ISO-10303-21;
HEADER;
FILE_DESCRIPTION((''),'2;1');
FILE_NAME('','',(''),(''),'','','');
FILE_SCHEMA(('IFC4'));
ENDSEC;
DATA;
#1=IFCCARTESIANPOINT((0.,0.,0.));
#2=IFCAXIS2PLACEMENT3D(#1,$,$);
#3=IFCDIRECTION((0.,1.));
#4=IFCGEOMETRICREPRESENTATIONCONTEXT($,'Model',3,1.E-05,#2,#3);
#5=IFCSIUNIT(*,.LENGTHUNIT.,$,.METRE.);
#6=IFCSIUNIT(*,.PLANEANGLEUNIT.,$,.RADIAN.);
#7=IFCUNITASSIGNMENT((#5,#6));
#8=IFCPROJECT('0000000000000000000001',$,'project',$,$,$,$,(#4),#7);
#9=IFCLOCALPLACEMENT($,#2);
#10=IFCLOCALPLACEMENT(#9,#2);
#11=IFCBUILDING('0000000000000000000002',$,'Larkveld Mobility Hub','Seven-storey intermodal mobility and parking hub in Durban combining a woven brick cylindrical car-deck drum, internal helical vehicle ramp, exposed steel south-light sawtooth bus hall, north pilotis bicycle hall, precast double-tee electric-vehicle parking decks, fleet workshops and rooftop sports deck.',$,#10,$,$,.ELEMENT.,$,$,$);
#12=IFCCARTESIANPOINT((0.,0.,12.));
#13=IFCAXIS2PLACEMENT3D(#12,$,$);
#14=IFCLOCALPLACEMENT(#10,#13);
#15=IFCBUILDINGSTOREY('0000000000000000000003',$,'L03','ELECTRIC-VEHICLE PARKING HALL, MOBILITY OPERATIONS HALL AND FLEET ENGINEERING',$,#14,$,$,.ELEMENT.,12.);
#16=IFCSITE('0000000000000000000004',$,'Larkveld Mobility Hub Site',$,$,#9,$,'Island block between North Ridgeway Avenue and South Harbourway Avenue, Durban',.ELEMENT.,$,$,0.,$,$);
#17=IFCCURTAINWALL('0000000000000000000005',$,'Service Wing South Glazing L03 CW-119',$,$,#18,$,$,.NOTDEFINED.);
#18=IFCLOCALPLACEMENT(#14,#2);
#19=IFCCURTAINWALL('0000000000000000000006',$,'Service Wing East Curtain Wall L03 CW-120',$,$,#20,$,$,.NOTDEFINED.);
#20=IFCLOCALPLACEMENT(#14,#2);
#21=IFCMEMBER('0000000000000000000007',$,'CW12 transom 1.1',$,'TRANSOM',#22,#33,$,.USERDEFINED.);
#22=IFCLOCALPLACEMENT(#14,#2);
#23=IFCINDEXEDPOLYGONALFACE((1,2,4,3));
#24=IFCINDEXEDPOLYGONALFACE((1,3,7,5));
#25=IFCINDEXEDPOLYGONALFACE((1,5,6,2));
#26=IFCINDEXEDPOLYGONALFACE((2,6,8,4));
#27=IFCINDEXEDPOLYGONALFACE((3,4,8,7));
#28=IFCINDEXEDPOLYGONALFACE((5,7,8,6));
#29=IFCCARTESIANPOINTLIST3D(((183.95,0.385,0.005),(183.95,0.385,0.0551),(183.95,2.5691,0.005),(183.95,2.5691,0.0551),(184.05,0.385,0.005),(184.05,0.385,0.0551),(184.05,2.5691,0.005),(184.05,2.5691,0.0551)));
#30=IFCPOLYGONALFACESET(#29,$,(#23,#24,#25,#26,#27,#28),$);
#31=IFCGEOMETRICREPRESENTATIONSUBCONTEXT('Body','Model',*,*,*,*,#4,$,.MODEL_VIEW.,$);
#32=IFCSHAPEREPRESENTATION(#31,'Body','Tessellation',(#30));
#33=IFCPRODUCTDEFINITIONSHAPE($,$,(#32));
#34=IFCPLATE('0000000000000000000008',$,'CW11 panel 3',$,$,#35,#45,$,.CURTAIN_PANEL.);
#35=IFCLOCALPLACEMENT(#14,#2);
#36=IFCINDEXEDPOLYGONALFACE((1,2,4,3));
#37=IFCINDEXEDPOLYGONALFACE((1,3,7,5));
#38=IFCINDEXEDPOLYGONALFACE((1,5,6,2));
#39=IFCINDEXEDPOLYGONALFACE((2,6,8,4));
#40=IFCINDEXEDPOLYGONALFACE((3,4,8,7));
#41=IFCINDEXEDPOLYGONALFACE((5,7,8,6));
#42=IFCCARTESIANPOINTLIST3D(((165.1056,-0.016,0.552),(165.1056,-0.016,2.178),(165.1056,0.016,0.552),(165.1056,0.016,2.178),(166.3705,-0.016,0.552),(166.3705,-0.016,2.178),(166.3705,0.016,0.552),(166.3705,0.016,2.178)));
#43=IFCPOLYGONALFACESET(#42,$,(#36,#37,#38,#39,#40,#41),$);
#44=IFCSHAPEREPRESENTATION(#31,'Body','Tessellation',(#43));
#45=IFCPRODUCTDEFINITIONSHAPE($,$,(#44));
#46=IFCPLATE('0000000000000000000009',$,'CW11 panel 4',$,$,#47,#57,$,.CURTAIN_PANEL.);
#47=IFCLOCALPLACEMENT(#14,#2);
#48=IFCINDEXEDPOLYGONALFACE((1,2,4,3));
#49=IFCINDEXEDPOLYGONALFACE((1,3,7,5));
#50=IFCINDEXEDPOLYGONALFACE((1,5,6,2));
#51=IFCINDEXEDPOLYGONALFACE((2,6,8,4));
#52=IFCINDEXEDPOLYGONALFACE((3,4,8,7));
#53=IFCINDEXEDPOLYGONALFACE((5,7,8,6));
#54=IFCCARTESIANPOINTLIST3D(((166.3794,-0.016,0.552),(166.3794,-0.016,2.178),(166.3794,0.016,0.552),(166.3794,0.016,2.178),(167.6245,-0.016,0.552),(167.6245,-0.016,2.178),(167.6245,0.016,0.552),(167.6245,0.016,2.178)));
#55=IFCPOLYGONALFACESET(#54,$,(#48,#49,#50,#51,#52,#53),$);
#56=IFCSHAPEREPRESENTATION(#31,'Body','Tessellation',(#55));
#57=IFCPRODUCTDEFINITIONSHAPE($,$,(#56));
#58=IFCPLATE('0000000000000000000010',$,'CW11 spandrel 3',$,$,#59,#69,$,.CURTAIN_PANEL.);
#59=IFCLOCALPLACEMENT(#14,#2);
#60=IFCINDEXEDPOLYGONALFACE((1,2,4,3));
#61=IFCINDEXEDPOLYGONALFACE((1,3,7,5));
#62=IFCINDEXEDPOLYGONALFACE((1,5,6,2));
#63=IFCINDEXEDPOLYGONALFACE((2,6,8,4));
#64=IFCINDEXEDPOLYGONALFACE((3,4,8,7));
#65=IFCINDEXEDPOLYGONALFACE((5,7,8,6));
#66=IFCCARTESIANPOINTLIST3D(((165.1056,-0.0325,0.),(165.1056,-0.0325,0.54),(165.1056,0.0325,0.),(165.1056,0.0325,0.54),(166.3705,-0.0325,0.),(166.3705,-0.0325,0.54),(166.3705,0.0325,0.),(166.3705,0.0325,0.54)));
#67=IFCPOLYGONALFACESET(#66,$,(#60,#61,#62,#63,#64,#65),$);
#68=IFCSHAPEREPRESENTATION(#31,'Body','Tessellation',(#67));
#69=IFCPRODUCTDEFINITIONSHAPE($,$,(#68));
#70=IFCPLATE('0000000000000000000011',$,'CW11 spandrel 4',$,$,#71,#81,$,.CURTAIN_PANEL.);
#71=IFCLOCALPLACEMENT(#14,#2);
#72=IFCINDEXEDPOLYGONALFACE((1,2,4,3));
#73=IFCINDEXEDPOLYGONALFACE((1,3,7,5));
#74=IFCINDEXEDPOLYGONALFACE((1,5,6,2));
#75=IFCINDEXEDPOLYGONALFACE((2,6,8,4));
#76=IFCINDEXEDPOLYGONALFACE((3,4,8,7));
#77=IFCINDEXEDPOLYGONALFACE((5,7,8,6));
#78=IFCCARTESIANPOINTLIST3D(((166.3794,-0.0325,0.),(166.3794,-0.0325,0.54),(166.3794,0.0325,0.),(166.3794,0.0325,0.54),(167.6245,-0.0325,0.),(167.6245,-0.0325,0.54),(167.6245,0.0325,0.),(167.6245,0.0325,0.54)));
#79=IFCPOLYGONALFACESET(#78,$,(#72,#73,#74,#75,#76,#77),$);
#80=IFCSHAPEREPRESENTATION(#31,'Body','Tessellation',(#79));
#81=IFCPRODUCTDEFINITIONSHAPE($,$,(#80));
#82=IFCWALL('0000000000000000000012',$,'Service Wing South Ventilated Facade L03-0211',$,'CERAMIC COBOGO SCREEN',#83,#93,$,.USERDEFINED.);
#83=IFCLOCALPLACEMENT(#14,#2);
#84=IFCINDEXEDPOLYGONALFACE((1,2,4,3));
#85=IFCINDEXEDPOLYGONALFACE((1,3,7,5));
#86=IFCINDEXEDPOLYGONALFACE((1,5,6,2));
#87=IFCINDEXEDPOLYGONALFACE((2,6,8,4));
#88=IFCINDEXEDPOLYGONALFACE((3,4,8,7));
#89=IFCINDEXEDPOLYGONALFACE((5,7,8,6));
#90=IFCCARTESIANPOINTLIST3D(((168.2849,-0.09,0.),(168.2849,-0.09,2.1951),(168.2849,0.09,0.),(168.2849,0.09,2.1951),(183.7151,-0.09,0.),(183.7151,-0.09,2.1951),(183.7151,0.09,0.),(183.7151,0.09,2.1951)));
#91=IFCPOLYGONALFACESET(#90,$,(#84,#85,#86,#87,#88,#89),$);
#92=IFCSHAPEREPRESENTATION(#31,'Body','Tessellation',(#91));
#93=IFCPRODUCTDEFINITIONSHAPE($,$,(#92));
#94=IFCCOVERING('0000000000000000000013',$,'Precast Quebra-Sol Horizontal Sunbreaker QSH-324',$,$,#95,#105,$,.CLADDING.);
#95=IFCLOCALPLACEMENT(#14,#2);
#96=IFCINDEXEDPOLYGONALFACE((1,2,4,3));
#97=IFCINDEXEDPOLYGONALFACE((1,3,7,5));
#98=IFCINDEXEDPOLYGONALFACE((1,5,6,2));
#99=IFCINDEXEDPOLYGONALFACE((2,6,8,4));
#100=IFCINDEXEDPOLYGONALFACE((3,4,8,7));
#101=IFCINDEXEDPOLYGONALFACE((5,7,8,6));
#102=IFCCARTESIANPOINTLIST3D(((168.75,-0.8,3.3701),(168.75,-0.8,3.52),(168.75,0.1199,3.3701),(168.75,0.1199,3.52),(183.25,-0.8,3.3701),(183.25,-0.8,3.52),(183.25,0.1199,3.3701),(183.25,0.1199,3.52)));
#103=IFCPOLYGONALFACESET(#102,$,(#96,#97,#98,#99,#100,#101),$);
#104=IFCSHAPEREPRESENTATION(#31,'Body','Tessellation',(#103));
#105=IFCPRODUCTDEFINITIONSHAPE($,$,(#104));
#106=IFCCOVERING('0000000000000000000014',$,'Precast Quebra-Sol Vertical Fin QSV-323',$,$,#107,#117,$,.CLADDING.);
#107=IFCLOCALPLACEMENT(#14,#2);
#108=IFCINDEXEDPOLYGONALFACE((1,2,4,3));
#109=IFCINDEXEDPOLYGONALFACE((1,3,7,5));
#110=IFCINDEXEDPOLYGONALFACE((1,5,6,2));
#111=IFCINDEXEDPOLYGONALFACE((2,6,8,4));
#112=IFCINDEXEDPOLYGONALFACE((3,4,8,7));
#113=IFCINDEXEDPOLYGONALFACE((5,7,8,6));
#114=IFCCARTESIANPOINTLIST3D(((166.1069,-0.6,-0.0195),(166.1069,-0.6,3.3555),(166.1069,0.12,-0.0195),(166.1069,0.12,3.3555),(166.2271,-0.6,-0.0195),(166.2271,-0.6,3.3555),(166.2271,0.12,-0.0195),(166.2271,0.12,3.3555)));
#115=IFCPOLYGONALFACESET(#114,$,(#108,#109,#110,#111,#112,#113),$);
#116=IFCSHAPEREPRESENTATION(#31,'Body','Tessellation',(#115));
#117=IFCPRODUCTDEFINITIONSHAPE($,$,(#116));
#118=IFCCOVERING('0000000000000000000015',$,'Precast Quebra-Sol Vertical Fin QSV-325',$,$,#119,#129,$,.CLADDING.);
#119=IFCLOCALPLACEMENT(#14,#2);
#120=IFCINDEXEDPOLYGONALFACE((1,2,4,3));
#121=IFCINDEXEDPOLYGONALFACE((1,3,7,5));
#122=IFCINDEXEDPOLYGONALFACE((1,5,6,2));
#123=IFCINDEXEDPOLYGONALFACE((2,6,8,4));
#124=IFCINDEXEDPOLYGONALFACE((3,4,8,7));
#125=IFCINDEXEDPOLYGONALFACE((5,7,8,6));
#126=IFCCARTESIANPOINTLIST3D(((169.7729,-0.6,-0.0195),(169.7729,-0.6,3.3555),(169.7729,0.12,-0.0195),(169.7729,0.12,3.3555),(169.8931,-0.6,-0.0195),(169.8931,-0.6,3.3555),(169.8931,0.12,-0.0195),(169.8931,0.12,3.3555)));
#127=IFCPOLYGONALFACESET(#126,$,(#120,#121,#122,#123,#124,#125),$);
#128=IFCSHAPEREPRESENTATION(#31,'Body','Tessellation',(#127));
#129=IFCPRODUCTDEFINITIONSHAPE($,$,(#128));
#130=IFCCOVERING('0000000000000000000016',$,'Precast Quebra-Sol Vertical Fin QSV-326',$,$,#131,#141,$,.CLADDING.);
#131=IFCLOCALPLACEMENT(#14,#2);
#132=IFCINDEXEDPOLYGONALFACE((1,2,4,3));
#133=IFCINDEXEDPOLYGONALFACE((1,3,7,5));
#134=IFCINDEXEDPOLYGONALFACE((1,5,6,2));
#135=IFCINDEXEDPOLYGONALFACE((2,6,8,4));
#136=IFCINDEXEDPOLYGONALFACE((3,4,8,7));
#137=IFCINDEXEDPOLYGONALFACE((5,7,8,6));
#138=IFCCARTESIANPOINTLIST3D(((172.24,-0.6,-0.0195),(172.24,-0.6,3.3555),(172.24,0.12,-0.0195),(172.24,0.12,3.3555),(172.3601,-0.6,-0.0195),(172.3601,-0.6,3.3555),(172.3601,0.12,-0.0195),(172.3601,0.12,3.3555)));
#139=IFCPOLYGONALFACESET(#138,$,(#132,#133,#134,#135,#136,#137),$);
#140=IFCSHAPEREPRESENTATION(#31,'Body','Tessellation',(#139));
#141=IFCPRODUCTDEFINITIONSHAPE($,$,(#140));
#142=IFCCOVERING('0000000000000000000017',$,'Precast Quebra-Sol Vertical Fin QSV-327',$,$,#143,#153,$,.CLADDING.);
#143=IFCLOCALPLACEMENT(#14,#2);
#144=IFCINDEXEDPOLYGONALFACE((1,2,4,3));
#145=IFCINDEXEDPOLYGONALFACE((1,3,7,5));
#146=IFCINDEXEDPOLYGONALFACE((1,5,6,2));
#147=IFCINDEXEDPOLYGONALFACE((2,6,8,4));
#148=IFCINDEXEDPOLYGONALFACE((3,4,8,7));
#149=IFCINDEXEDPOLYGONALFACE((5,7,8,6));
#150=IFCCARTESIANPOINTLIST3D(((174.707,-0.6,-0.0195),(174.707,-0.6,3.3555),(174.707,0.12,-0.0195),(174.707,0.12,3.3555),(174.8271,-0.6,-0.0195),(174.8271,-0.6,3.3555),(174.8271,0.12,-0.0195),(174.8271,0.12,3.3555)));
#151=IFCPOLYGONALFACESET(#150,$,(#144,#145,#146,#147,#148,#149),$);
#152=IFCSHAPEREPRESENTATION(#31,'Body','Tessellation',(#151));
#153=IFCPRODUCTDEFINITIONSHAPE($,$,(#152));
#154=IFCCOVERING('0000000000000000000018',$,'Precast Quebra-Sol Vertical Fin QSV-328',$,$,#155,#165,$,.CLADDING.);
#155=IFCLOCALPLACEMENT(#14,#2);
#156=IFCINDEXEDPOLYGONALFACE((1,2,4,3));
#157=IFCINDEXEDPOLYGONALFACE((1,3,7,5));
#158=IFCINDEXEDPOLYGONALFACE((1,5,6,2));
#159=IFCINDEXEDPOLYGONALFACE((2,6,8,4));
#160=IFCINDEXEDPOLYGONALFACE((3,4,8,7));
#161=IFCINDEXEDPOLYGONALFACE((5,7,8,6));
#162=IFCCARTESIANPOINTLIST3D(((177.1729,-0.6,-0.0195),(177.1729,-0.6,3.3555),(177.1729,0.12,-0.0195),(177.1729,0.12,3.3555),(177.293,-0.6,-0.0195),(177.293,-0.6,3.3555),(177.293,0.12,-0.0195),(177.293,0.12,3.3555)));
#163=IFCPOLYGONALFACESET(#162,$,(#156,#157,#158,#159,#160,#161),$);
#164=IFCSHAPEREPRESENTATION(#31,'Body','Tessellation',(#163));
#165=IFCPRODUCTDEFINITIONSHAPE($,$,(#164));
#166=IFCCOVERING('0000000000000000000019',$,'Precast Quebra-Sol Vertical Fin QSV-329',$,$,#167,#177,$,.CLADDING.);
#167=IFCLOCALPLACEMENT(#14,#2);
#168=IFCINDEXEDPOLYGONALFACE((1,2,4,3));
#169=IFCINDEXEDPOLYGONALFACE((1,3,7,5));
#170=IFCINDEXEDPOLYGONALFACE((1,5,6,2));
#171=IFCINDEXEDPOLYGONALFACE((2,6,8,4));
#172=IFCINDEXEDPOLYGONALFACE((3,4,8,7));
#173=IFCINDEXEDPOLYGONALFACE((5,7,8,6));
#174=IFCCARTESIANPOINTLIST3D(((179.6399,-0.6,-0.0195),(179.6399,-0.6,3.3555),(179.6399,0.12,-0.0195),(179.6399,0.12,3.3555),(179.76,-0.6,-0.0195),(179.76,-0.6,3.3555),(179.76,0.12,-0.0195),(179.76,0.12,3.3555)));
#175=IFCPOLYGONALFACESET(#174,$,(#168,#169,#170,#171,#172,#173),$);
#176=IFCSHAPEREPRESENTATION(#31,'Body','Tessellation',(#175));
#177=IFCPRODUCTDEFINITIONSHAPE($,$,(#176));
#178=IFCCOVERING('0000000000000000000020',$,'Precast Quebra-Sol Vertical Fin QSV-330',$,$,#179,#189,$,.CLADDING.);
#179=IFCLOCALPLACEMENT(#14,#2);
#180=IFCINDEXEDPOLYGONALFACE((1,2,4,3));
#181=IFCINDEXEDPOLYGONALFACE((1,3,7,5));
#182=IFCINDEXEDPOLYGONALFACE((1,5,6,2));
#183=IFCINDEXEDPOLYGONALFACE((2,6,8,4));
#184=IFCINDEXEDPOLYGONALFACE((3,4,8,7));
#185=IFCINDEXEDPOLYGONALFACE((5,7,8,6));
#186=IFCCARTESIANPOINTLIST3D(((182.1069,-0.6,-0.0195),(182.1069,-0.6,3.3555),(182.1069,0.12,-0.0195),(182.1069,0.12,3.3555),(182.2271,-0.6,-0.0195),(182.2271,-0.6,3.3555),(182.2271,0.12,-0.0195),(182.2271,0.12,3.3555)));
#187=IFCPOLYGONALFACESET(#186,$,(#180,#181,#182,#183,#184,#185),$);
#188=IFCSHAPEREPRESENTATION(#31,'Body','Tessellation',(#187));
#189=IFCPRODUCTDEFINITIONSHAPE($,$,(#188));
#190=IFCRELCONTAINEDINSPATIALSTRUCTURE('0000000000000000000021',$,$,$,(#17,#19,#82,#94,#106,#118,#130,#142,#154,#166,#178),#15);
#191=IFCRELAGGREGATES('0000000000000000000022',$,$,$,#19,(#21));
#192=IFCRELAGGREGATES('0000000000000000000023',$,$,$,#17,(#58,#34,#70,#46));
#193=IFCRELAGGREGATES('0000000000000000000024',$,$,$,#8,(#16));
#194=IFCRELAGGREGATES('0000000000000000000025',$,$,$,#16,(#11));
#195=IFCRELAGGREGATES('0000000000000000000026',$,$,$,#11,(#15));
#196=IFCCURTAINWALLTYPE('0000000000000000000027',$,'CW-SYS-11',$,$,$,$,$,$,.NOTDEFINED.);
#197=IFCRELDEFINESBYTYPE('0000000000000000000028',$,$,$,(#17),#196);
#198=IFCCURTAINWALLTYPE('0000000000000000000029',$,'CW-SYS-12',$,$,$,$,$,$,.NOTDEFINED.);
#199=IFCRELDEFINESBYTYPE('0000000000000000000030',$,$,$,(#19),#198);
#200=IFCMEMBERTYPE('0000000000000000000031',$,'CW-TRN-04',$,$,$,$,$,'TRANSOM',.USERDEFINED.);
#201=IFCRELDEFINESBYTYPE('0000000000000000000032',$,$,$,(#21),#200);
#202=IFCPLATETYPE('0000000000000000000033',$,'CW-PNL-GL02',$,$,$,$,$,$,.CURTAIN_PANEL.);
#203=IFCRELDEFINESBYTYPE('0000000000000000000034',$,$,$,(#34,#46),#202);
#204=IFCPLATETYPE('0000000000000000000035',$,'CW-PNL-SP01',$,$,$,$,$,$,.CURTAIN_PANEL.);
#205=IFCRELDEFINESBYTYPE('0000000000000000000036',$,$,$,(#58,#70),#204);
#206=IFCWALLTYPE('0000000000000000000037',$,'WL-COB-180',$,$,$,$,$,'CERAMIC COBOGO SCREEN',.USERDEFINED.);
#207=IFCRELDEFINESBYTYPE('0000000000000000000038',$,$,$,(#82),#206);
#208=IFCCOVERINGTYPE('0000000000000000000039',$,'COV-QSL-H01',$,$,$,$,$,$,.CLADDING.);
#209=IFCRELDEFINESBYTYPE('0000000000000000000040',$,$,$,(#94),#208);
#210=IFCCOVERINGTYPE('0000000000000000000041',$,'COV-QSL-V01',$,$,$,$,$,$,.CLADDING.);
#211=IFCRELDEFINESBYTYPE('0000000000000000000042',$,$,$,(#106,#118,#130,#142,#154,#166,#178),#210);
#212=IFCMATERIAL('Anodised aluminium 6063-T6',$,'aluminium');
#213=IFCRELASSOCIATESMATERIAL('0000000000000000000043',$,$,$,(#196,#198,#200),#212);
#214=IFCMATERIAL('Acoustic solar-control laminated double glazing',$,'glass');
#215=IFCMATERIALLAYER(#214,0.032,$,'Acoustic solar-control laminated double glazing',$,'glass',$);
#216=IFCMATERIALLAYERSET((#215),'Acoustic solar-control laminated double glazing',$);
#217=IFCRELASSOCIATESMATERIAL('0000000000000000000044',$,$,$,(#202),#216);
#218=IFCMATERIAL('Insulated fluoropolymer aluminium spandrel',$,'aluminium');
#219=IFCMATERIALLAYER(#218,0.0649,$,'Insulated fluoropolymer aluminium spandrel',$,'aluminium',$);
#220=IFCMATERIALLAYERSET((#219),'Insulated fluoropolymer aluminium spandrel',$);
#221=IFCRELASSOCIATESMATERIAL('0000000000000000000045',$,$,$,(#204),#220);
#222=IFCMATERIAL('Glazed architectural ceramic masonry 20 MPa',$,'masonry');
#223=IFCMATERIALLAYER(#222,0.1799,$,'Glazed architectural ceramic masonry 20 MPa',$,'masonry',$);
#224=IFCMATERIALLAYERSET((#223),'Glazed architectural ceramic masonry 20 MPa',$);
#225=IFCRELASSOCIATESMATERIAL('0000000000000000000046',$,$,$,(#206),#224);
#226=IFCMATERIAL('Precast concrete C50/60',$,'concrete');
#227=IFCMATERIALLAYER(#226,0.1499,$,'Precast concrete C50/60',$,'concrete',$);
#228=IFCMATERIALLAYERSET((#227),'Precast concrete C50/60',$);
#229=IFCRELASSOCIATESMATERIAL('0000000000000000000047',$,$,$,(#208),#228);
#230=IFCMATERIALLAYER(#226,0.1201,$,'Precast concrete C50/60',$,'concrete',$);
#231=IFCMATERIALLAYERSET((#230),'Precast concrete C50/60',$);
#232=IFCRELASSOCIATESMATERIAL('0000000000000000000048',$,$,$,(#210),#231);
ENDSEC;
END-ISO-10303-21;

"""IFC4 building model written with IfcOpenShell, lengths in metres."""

from ifc_helpers import new_model, si_unit, direction, frame, frame_2d, origin, origin_2d, place, context, subcontext, project, spatial, rectangle, extrude, material, layer, layer_set, material_profile, profile_set, type_object, element, aggregate, save


model = new_model("IFC4")

# Units and contexts
model_context = context("Model", 3, precision=1e-05, world=origin(), true_north=direction((0.0, 1.0)))
body_context = subcontext(model_context, "Body", "Model", "MODEL_VIEW")
ifc_project = project(units=[si_unit("LENGTHUNIT", "METRE"), si_unit("PLANEANGLEUNIT", "RADIAN")], contexts=[model_context])

# Site, building, storey
site_placement = place(None, origin())
site = spatial("IfcSite", under=ifc_project, at=site_placement, Name="Larkveld Mobility Hub Site", LongName="Island block between North Ridgeway Avenue and South Harbourway Avenue, Durban", CompositionType="ELEMENT", RefElevation=0.0)
building_placement = place(site_placement, origin())
building = spatial("IfcBuilding", under=site, at=building_placement, Name="Larkveld Mobility Hub", Description="Seven-storey intermodal mobility and parking hub in Durban combining a woven brick cylindrical car-deck drum, internal helical vehicle ramp, exposed steel south-light sawtooth bus hall, north pilotis bicycle hall, precast double-tee electric-vehicle parking decks, fleet workshops and rooftop sports deck.", CompositionType="ELEMENT")
storey_placement = place(building_placement, frame((0.0, 0.0, 12.0)))
storey = spatial("IfcBuildingStorey", under=building, at=storey_placement, Name="L03", Description="ELECTRIC-VEHICLE PARKING HALL, MOBILITY OPERATIONS HALL AND FLEET ENGINEERING", CompositionType="ELEMENT", Elevation=12.0)

# Shared definitions
ifc_material_1 = material(Name="Precast concrete C50/60", Category="concrete")

# Curtain wall
ifc_material_2 = material(Name="Anodised aluminium 6063-T6", Category="aluminium")
curtain_wall_type_1 = type_object("IfcCurtainWallType", Name="CW-SYS-11", PredefinedType="NOTDEFINED", material=ifc_material_2)
curtain_wall_1_placement = place(storey_placement, origin())
curtain_wall_1 = element("IfcCurtainWall", 1, at=curtain_wall_1_placement, inside=storey, type_object=curtain_wall_type_1, Name="Service Wing South Glazing L03 CW-119", PredefinedType="NOTDEFINED")

# Curtain wall
curtain_wall_type_2 = type_object("IfcCurtainWallType", Name="CW-SYS-12", PredefinedType="NOTDEFINED", material=ifc_material_2)
curtain_wall_2_placement = place(storey_placement, origin())
curtain_wall_2 = element("IfcCurtainWall", 2, at=curtain_wall_2_placement, inside=storey, type_object=curtain_wall_type_2, Name="Service Wing East Curtain Wall L03 CW-120", PredefinedType="NOTDEFINED")

# Member
ifc_material_profile_1 = material_profile(ifc_material_2, rectangle(XDim=0.1001, YDim=0.05, at=origin_2d()), Name="ALU TRAN 50x100")
ifc_profile_set_1 = profile_set([ifc_material_profile_1], Name="Anodised aluminium 6063-T6")
member_type_1 = type_object("IfcMemberType", Name="CW-TRN-04", ElementType="TRANSOM", PredefinedType="USERDEFINED", material=ifc_profile_set_1)
member_1_placement = place(storey_placement, frame((184.0, 0.385, 0.03), z_axis=(0.0, 1.0, 0.0), x_axis=(-1.0, 0.0, 0.0)))
member_1 = element("IfcMember", 3, at=member_1_placement, type_object=member_type_1, Name="CW12 transom 1.1", ObjectType="TRANSOM", PredefinedType="USERDEFINED", context=body_context, shape_type="SweptSolid", body=[
    extrude(rectangle(XDim=0.1001, YDim=0.05, at=origin_2d()), origin(), (0.0, 0.0, 1.0), 2.1841),
])
aggregate(curtain_wall_2, [member_1])

# Plates
ifc_material_3 = material(Name="Acoustic solar-control laminated double glazing", Category="glass")
ifc_layer_1 = layer(ifc_material_3, 0.032, Name="Acoustic solar-control laminated double glazing", Category="glass")
ifc_layer_set_1 = layer_set([ifc_layer_1], Name="Acoustic solar-control laminated double glazing")
plate_type_1 = type_object("IfcPlateType", Name="CW-PNL-GL02", PredefinedType="CURTAIN_PANEL", material=ifc_layer_set_1)
plate_1_placement = place(storey_placement, frame((165.738, 0.0, 0.552), z_axis=(0.0, 0.0, 1.0), x_axis=(1.0, 0.0, 0.0)))
plate_1 = element("IfcPlate", 4, at=plate_1_placement, type_object=plate_type_1, Name="CW11 panel 3", PredefinedType="CURTAIN_PANEL", context=body_context, shape_type="SweptSolid", body=[
    extrude(rectangle(XDim=1.2649, YDim=0.032, at=origin_2d()), origin(), (0.0, 0.0, 1.0), 1.626),
])
plate_2_placement = place(storey_placement, frame((167.002, 0.0, 0.552), z_axis=(0.0, 0.0, 1.0), x_axis=(1.0, 0.0, 0.0)))
plate_2 = element("IfcPlate", 5, at=plate_2_placement, type_object=plate_type_1, Name="CW11 panel 4", PredefinedType="CURTAIN_PANEL", context=body_context, shape_type="SweptSolid", body=[
    extrude(rectangle(XDim=1.2451, YDim=0.032, at=origin_2d()), origin(), (0.0, 0.0, 1.0), 1.626),
])
ifc_material_4 = material(Name="Insulated fluoropolymer aluminium spandrel", Category="aluminium")
ifc_layer_2 = layer(ifc_material_4, 0.0649, Name="Insulated fluoropolymer aluminium spandrel", Category="aluminium")
ifc_layer_set_2 = layer_set([ifc_layer_2], Name="Insulated fluoropolymer aluminium spandrel")
plate_type_2 = type_object("IfcPlateType", Name="CW-PNL-SP01", PredefinedType="CURTAIN_PANEL", material=ifc_layer_set_2)
plate_3_placement = place(storey_placement, frame((165.738, 0.0, 0.0), z_axis=(0.0, 0.0, 1.0), x_axis=(1.0, 0.0, 0.0)))
plate_3 = element("IfcPlate", 6, at=plate_3_placement, type_object=plate_type_2, Name="CW11 spandrel 3", PredefinedType="CURTAIN_PANEL", context=body_context, shape_type="SweptSolid", body=[
    extrude(rectangle(XDim=1.2649, YDim=0.0649, at=origin_2d()), origin(), (0.0, 0.0, 1.0), 0.54),
])
plate_4_placement = place(storey_placement, frame((167.002, 0.0, 0.0), z_axis=(0.0, 0.0, 1.0), x_axis=(1.0, 0.0, 0.0)))
plate_4 = element("IfcPlate", 7, at=plate_4_placement, type_object=plate_type_2, Name="CW11 spandrel 4", PredefinedType="CURTAIN_PANEL", context=body_context, shape_type="SweptSolid", body=[
    extrude(rectangle(XDim=1.2451, YDim=0.0649, at=origin_2d()), origin(), (0.0, 0.0, 1.0), 0.54),
])
aggregate(curtain_wall_1, [plate_3, plate_1, plate_4, plate_2])

# Wall
ifc_material_5 = material(Name="Glazed architectural ceramic masonry 20 MPa", Category="masonry")
ifc_layer_3 = layer(ifc_material_5, 0.1799, Name="Glazed architectural ceramic masonry 20 MPa", Category="masonry")
ifc_layer_set_3 = layer_set([ifc_layer_3], Name="Glazed architectural ceramic masonry 20 MPa")
wall_type = type_object("IfcWallType", Name="WL-COB-180", ElementType="CERAMIC COBOGO SCREEN", PredefinedType="USERDEFINED", material=ifc_layer_set_3)
wall_placement = place(storey_placement, frame((168.2849, 0.0, 0.0), z_axis=(0.0, 0.0, 1.0), x_axis=(1.0, 0.0, 0.0)))
element("IfcWall", 8, at=wall_placement, inside=storey, type_object=wall_type, Name="Service Wing South Ventilated Facade L03-0211", ObjectType="CERAMIC COBOGO SCREEN", PredefinedType="USERDEFINED", context=body_context, shape_type="SweptSolid", body=[
    extrude(rectangle(XDim=15.4302, YDim=0.1799, at=frame_2d((7.7151, 0.0))), origin(), (0.0, 0.0, 1.0), 2.1951),
])

# Coverings
ifc_layer_4 = layer(ifc_material_1, 0.1499, Name="Precast concrete C50/60", Category="concrete")
ifc_layer_set_4 = layer_set([ifc_layer_4], Name="Precast concrete C50/60")
covering_type_1 = type_object("IfcCoveringType", Name="COV-QSL-H01", PredefinedType="CLADDING", material=ifc_layer_set_4)
covering_placement = place(storey_placement, frame((176.0, -0.3401, 3.3701), z_axis=(0.0, 0.0, 1.0), x_axis=(1.0, 0.0, 0.0)))
element("IfcCovering", 9, at=covering_placement, inside=storey, type_object=covering_type_1, Name="Precast Quebra-Sol Horizontal Sunbreaker QSH-324", PredefinedType="CLADDING", context=body_context, shape_type="SweptSolid", body=[
    extrude(rectangle(XDim=14.5, YDim=0.9199, at=origin_2d()), origin(), (0.0, 0.0, 1.0), 0.1499),
])
ifc_layer_5 = layer(ifc_material_1, 0.1201, Name="Precast concrete C50/60", Category="concrete")
ifc_layer_set_5 = layer_set([ifc_layer_5], Name="Precast concrete C50/60")
covering_type_2 = type_object("IfcCoveringType", Name="COV-QSL-V01", PredefinedType="CLADDING", material=ifc_layer_set_5)
for number, where, z_axis, x_axis, name in (
    (10, (166.167, -0.24, -0.0195), (0.0, 0.0, 1.0), (1.0, 0.0, 0.0), "Precast Quebra-Sol Vertical Fin QSV-323"),
    (11, (169.833, -0.24, -0.0195), (0.0, 0.0, 1.0), (1.0, 0.0, 0.0), "Precast Quebra-Sol Vertical Fin QSV-325"),
    (12, (172.3, -0.24, -0.0195), (0.0, 0.0, 1.0), (1.0, 0.0, 0.0), "Precast Quebra-Sol Vertical Fin QSV-326"),
    (13, (174.7671, -0.24, -0.0195), (0.0, 0.0, 1.0), (1.0, 0.0, 0.0), "Precast Quebra-Sol Vertical Fin QSV-327"),
    (14, (177.2329, -0.24, -0.0195), (0.0, 0.0, 1.0), (1.0, 0.0, 0.0), "Precast Quebra-Sol Vertical Fin QSV-328"),
    (15, (179.7, -0.24, -0.0195), (0.0, 0.0, 1.0), (1.0, 0.0, 0.0), "Precast Quebra-Sol Vertical Fin QSV-329"),
    (16, (182.167, -0.24, -0.0195), (0.0, 0.0, 1.0), (1.0, 0.0, 0.0), "Precast Quebra-Sol Vertical Fin QSV-330"),
):
    element("IfcCovering", number, at=place(storey_placement, frame(where, z_axis=z_axis, x_axis=x_axis)), inside=storey, type_object=covering_type_2, Name=name, PredefinedType="CLADDING", context=body_context, shape_type="SweptSolid", body=[
        extrude(rectangle(XDim=0.1201, YDim=0.72, at=origin_2d()), origin(), (0.0, 0.0, 1.0), 3.375),
    ])

save(model, "model.ifc")
